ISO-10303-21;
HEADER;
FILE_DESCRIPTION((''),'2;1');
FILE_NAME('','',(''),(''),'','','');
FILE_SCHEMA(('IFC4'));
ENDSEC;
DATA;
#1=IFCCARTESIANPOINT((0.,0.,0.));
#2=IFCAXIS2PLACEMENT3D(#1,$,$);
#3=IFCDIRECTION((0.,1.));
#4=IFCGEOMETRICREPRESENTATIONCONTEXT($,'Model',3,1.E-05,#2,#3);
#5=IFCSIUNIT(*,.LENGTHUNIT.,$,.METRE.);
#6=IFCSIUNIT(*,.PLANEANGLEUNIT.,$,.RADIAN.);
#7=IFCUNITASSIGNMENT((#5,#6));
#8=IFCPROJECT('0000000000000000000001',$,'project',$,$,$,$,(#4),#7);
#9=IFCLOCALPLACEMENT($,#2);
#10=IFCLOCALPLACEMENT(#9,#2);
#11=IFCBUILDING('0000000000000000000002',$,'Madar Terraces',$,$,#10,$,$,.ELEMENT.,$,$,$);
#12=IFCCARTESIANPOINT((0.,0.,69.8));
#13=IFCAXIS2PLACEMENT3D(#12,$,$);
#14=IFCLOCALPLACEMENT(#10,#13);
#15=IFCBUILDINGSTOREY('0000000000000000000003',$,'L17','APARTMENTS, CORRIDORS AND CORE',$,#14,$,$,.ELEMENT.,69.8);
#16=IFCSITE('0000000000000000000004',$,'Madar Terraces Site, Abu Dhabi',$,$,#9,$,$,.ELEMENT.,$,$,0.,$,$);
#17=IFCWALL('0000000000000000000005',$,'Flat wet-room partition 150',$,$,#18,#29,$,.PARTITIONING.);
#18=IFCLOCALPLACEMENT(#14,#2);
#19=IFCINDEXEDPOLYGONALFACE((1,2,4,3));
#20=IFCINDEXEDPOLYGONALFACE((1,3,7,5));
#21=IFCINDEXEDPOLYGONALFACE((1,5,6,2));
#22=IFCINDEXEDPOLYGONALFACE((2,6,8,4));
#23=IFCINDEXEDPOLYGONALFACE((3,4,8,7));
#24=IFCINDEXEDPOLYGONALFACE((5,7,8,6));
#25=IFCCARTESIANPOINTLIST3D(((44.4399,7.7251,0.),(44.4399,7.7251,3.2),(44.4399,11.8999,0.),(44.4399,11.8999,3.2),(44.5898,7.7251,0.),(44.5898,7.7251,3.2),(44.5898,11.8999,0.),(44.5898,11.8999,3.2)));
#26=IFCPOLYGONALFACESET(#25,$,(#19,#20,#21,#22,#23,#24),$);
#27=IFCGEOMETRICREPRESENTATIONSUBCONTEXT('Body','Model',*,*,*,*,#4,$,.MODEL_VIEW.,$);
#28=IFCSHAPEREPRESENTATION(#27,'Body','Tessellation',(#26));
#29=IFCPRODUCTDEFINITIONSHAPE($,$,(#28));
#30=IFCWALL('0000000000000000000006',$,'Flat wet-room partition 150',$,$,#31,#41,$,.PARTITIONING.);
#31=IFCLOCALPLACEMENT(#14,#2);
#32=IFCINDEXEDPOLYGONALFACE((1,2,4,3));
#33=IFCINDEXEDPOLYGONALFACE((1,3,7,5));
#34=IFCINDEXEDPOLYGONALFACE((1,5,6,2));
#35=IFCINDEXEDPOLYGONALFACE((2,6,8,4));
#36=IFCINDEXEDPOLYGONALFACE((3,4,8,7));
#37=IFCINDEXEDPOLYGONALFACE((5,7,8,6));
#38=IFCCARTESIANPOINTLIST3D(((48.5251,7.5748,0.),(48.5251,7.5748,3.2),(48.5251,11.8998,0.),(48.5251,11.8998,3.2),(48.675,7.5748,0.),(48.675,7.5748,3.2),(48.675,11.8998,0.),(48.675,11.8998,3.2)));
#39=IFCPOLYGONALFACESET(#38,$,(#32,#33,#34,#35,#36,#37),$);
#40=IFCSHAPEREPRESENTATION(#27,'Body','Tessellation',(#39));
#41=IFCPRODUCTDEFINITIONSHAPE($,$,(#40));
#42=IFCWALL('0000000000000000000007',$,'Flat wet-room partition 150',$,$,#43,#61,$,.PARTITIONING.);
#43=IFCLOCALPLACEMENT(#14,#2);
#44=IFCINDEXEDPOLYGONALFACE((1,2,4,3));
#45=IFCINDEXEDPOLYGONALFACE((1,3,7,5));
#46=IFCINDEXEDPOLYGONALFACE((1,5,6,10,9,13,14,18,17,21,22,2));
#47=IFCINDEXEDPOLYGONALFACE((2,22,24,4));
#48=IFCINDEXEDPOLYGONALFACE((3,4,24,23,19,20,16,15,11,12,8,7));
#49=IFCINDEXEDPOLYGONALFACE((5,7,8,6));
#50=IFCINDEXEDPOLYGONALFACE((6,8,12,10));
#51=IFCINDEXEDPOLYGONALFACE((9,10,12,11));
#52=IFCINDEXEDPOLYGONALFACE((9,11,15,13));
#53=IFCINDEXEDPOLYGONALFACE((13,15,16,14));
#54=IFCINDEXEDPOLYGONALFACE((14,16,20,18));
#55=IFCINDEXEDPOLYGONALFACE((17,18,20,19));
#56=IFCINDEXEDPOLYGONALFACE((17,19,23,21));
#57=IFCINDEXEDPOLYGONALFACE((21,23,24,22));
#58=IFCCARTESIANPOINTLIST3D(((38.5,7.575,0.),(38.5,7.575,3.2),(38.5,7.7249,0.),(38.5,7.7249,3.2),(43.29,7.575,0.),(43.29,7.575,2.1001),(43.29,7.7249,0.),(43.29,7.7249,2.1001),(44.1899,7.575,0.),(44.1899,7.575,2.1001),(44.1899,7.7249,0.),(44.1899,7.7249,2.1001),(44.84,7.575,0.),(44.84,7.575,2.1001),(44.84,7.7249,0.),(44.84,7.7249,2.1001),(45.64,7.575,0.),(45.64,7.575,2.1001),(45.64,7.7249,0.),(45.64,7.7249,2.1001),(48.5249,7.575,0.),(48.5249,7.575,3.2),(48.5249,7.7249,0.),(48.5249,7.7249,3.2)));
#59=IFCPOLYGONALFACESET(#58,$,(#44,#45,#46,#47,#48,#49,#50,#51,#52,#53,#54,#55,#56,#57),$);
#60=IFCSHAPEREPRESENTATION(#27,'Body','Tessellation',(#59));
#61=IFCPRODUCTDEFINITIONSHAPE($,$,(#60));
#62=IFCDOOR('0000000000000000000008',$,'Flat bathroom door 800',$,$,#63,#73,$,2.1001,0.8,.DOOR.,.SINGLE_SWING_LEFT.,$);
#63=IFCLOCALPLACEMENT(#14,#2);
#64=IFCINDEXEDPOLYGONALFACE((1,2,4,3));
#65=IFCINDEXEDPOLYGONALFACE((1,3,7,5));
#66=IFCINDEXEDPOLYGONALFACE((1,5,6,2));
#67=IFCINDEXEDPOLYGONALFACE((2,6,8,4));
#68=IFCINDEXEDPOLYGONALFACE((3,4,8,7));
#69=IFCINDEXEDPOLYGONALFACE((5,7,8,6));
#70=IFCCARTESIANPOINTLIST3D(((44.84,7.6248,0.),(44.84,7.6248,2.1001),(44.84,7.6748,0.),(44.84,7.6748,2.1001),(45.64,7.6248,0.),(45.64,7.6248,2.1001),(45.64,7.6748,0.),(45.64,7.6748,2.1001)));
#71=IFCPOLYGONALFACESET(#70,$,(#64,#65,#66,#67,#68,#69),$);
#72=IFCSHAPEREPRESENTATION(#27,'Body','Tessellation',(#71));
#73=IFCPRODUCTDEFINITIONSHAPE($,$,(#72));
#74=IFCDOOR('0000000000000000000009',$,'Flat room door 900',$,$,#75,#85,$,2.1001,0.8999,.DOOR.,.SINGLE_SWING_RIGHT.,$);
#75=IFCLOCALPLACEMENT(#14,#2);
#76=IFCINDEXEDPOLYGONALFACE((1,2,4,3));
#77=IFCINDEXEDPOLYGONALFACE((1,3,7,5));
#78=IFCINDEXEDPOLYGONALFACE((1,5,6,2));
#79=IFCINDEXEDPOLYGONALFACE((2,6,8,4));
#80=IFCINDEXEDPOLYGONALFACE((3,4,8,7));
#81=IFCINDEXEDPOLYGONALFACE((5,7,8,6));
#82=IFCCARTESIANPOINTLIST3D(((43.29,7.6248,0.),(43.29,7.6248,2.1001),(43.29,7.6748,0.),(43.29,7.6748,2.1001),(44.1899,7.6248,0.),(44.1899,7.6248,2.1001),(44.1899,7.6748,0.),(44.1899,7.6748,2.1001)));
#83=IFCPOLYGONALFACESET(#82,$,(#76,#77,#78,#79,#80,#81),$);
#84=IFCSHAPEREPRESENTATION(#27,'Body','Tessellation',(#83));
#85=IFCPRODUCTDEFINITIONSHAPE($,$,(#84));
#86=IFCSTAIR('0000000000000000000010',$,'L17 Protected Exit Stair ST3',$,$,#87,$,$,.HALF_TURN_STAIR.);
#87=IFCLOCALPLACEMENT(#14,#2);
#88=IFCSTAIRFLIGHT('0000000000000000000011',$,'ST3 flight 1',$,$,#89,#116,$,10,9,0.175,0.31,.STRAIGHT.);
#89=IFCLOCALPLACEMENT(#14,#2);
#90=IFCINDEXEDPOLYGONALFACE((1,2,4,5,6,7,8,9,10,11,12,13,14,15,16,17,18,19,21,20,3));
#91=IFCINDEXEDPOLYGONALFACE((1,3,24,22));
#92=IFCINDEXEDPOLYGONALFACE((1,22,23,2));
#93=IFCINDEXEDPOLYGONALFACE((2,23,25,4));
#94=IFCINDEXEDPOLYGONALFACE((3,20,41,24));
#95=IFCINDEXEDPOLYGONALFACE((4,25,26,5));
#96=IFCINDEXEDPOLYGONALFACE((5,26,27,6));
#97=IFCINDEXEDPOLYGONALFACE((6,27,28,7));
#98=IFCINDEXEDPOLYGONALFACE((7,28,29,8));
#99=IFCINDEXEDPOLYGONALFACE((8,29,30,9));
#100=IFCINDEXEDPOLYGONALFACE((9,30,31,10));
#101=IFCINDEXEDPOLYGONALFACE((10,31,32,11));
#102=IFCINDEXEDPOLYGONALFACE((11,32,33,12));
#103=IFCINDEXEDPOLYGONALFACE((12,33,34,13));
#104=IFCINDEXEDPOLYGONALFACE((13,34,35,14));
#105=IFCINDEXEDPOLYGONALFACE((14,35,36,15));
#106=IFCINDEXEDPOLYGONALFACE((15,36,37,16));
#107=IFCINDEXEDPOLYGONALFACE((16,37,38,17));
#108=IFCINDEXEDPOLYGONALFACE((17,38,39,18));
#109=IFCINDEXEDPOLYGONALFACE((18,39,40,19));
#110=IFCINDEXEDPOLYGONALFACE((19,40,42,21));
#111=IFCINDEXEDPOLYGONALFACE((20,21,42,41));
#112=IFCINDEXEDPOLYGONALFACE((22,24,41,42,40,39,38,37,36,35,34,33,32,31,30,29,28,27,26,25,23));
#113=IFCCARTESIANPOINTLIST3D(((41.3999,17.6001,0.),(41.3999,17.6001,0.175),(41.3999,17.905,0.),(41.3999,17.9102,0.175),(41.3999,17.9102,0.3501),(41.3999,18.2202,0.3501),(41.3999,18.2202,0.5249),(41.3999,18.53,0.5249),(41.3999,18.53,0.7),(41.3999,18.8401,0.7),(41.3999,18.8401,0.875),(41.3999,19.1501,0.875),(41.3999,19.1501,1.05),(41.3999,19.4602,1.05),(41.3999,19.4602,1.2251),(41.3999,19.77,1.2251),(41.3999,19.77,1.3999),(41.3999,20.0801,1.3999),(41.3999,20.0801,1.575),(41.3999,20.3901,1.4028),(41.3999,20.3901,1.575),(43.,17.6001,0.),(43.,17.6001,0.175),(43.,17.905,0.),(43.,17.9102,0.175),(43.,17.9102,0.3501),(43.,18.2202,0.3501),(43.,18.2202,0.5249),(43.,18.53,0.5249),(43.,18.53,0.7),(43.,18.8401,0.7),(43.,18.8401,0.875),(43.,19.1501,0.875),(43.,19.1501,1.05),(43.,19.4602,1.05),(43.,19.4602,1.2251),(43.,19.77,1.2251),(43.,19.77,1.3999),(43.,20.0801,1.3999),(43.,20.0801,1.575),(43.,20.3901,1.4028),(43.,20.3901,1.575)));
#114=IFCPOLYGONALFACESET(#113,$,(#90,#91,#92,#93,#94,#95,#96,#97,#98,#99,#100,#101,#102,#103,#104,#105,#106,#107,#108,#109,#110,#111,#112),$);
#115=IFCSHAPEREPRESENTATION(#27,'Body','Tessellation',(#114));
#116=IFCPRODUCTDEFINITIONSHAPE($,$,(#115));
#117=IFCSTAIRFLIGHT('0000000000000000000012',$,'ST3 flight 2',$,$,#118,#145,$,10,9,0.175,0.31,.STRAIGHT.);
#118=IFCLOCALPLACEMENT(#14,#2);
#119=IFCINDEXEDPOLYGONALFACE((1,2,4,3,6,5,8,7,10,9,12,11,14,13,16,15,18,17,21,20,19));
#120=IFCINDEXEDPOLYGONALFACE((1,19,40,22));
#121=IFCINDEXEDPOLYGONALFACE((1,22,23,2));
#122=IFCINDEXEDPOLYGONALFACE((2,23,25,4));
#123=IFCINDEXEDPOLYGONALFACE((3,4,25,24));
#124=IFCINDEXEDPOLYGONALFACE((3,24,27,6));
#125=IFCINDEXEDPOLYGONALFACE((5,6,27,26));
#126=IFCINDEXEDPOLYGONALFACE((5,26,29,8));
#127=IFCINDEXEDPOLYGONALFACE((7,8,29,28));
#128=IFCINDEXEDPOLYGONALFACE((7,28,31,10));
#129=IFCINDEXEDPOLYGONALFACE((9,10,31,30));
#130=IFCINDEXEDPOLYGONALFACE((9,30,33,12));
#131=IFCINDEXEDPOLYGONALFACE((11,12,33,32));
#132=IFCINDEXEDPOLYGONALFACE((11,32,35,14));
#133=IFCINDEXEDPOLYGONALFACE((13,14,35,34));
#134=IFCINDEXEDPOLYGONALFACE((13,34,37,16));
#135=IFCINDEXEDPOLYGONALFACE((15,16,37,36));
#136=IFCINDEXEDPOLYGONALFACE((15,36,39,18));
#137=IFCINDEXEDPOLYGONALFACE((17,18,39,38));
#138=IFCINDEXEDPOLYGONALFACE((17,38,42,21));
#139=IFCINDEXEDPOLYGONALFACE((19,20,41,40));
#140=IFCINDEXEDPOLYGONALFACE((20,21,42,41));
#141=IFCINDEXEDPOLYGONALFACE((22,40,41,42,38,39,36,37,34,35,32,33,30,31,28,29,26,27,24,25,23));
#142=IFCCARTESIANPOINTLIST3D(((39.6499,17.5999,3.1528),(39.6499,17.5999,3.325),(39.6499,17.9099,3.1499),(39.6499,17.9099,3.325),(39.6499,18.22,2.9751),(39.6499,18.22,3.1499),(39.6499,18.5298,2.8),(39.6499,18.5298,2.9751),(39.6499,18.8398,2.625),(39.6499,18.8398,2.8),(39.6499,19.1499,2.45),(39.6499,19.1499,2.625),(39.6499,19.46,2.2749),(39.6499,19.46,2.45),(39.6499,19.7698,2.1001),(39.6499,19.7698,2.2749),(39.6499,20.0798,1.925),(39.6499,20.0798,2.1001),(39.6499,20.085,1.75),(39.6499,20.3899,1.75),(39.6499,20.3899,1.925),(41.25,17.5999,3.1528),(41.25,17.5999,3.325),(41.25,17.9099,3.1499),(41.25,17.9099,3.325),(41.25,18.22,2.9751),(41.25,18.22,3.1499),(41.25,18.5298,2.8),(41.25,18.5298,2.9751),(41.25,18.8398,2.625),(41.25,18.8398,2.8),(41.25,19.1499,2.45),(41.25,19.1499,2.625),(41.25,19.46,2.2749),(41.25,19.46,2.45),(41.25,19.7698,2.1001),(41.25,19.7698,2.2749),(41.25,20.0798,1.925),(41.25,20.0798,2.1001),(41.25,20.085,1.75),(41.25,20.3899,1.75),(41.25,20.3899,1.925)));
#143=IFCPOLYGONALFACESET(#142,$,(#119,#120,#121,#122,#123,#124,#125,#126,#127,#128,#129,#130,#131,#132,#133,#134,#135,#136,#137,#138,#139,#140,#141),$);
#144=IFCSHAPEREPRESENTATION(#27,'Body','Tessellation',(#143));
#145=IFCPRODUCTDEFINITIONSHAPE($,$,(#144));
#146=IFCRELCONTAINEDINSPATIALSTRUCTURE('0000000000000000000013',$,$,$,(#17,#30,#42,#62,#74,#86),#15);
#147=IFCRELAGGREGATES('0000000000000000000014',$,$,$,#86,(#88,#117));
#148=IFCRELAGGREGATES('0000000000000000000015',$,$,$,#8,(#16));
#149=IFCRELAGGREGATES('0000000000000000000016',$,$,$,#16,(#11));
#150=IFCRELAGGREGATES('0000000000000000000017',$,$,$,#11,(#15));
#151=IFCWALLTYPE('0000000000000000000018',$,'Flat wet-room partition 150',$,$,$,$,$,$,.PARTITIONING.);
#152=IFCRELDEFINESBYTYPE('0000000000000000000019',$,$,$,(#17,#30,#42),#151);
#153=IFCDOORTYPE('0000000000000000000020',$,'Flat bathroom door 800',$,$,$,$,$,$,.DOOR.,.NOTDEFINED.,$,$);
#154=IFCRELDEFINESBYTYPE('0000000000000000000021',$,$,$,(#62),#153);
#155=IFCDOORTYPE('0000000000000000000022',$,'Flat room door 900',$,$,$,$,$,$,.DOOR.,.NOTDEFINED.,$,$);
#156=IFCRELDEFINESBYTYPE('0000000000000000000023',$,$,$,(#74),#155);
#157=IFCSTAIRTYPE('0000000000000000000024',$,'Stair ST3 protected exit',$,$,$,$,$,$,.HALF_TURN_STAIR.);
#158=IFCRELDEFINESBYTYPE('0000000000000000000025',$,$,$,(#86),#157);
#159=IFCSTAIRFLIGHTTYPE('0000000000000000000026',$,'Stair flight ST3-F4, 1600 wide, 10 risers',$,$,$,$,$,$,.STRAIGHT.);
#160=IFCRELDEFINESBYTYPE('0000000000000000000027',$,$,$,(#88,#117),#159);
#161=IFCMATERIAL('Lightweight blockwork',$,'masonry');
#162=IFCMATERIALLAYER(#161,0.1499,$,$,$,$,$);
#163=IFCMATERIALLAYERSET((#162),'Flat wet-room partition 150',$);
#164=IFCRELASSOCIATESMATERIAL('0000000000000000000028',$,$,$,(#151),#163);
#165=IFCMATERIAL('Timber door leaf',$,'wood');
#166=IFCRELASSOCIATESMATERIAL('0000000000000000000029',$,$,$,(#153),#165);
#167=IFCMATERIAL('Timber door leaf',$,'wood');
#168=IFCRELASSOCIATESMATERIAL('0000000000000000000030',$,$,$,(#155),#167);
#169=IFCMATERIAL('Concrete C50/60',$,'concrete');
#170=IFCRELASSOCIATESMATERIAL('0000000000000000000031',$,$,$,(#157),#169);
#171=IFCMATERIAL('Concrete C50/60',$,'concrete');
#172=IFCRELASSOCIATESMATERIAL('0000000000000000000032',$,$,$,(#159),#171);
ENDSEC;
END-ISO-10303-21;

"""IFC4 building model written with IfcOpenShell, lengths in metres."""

from ifc_helpers import new_model, si_unit, direction, frame, frame_2d, origin, place, context, subcontext, project, spatial, polyline, rectangle, outline, extrude, material, layer, layer_set, type_object, element, fill, aggregate, save


model = new_model("IFC4")

# Units and contexts
model_context = context("Model", 3, precision=1e-05, world=origin(), true_north=direction((0.0, 1.0)))
body_context = subcontext(model_context, "Body", "Model", "MODEL_VIEW")
ifc_project = project(units=[si_unit("LENGTHUNIT", "METRE"), si_unit("PLANEANGLEUNIT", "RADIAN")], contexts=[model_context])

# Site, building, storey
site_placement = place(None, origin())
site = spatial("IfcSite", under=ifc_project, at=site_placement, Name="Madar Terraces Site, Abu Dhabi", CompositionType="ELEMENT", RefElevation=0.0)
building_placement = place(site_placement, origin())
building = spatial("IfcBuilding", under=site, at=building_placement, Name="Madar Terraces", CompositionType="ELEMENT")
storey_placement = place(building_placement, frame((0.0, 0.0, 69.8)))
storey = spatial("IfcBuildingStorey", under=building, at=storey_placement, Name="L17", Description="APARTMENTS, CORRIDORS AND CORE", CompositionType="ELEMENT", Elevation=69.8)

# Walls
ifc_material_1 = material(Name="Lightweight blockwork", Category="masonry")
ifc_layer_1 = layer(ifc_material_1, 0.1499)
ifc_layer_set_1 = layer_set([ifc_layer_1], Name="Flat wet-room partition 150")
wall_type_1 = type_object("IfcWallType", Name="Flat wet-room partition 150", PredefinedType="PARTITIONING", material=ifc_layer_set_1)
wall_1_placement = place(storey_placement, frame((44.5149, 11.8999, 0.0), z_axis=(0.0, 0.0, 1.0), x_axis=(0.0, -1.0, 0.0)))
element("IfcWall", 1, at=wall_1_placement, inside=storey, type_object=wall_type_1, Name="Flat wet-room partition 150", PredefinedType="PARTITIONING", context=body_context, shape_type="SweptSolid", body=[
    extrude(rectangle(XDim=4.1748, YDim=0.1499, at=frame_2d((2.0874, 0.0))), origin(), (0.0, 0.0, 1.0), 3.2),
])
wall_2_placement = place(storey_placement, frame((48.6001, 11.8999, 0.0), z_axis=(0.0, 0.0, 1.0), x_axis=(0.0, -1.0, 0.0)))
element("IfcWall", 2, at=wall_2_placement, inside=storey, type_object=wall_type_1, Name="Flat wet-room partition 150", PredefinedType="PARTITIONING", context=body_context, shape_type="SweptSolid", body=[
    extrude(rectangle(XDim=4.325, YDim=0.1499, at=frame_2d((2.1626, 0.0))), origin(), (0.0, 0.0, 1.0), 3.2),
])

# Wall, openings, doors
wall_3_placement = place(storey_placement, frame((38.5, 7.6499, 0.0), z_axis=(0.0, 0.0, 1.0), x_axis=(1.0, 0.0, 0.0)))
wall_3 = element("IfcWall", 3, at=wall_3_placement, inside=storey, type_object=wall_type_1, Name="Flat wet-room partition 150", PredefinedType="PARTITIONING", context=body_context, shape_type="SweptSolid", body=[
    extrude(rectangle(XDim=10.0249, YDim=0.1499, at=frame_2d((5.0125, 0.0))), origin(), (0.0, 0.0, 1.0), 3.2),
])
opening_1_placement = place(wall_3_placement, frame((6.3401, 0.0, 0.0)))
opening_1 = element("IfcOpeningElement", 4, at=opening_1_placement, cuts=wall_3, PredefinedType="OPENING", context=body_context, shape_type="SweptSolid", body=[
    extrude(rectangle(XDim=0.8, YDim=2.1001, at=frame_2d((0.3999, 1.05))), frame((0.0, 0.085, 0.0), z_axis=(0.0, -1.0, 0.0), x_axis=(1.0, 0.0, 0.0)), (0.0, 0.0, 1.0), 0.1699),
])
opening_2_placement = place(wall_3_placement, frame((4.79, 0.0, 0.0)))
opening_2 = element("IfcOpeningElement", 5, at=opening_2_placement, cuts=wall_3, PredefinedType="OPENING", context=body_context, shape_type="SweptSolid", body=[
    extrude(rectangle(XDim=0.8999, YDim=2.1001, at=frame_2d((0.45, 1.05))), frame((0.0, 0.085, 0.0), z_axis=(0.0, -1.0, 0.0), x_axis=(1.0, 0.0, 0.0)), (0.0, 0.0, 1.0), 0.1699),
])
ifc_material_2 = material(Name="Timber door leaf", Category="wood")
door_type_1 = type_object("IfcDoorType", Name="Flat bathroom door 800", OperationType="NOTDEFINED", PredefinedType="DOOR", material=ifc_material_2)
door_1_placement = place(opening_1_placement, origin())
door_1 = element("IfcDoor", 6, at=door_1_placement, inside=storey, type_object=door_type_1, Name="Flat bathroom door 800", OperationType="SINGLE_SWING_LEFT", OverallHeight=2.1001, OverallWidth=0.8, PredefinedType="DOOR", context=body_context, shape_type="SweptSolid", body=[
    extrude(rectangle(XDim=0.8, YDim=2.1001, at=frame_2d((0.3999, 1.05))), frame((0.0, 0.0249, 0.0), z_axis=(0.0, -1.0, 0.0), x_axis=(1.0, 0.0, 0.0)), (0.0, 0.0, 1.0), 0.05),
])
fill(opening_1, door_1)
ifc_material_3 = material(Name="Timber door leaf", Category="wood")
door_type_2 = type_object("IfcDoorType", Name="Flat room door 900", OperationType="NOTDEFINED", PredefinedType="DOOR", material=ifc_material_3)
door_2_placement = place(opening_2_placement, origin())
door_2 = element("IfcDoor", 7, at=door_2_placement, inside=storey, type_object=door_type_2, Name="Flat room door 900", OperationType="SINGLE_SWING_RIGHT", OverallHeight=2.1001, OverallWidth=0.8999, PredefinedType="DOOR", context=body_context, shape_type="SweptSolid", body=[
    extrude(rectangle(XDim=0.8999, YDim=2.1001, at=frame_2d((0.45, 1.05))), frame((0.0, 0.0249, 0.0), z_axis=(0.0, -1.0, 0.0), x_axis=(1.0, 0.0, 0.0)), (0.0, 0.0, 1.0), 0.05),
])
fill(opening_2, door_2)

# Stair, stair flights
ifc_material_4 = material(Name="Concrete C50/60", Category="concrete")
stair_type = type_object("IfcStairType", Name="Stair ST3 protected exit", PredefinedType="HALF_TURN_STAIR", material=ifc_material_4)
stair_placement = place(storey_placement, origin())
stair = element("IfcStair", 8, at=stair_placement, inside=storey, type_object=stair_type, Name="L17 Protected Exit Stair ST3", PredefinedType="HALF_TURN_STAIR")
ifc_material_5 = material(Name="Concrete C50/60", Category="concrete")
stair_flight_type = type_object("IfcStairFlightType", Name="Stair flight ST3-F4, 1600 wide, 10 risers", PredefinedType="STRAIGHT", material=ifc_material_5)
stair_flight_1_placement = place(storey_placement, frame((42.2, 17.6001, 0.0), z_axis=(0.0, 0.0, 1.0), x_axis=(0.0, 1.0, 0.0)))
stair_flight_1 = element("IfcStairFlight", 9, at=stair_flight_1_placement, type_object=stair_flight_type, Name="ST3 flight 1", NumberOfRisers=10, NumberOfTreads=9, PredefinedType="STRAIGHT", RiserHeight=0.175, TreadLength=0.31, context=body_context, shape_type="SweptSolid", body=[
    extrude(outline(polyline([(0.0, 0.0), (0.0, 0.175), (0.3101, 0.175), (0.3101, 0.3501), (0.6201, 0.3501), (0.6201, 0.5249), (0.9299, 0.5249), (0.9299, 0.7), (1.24, 0.7), (1.24, 0.875), (1.55, 0.875), (1.55, 1.05), (1.8601, 1.05), (1.8601, 1.2251), (2.1699, 1.2251), (2.1699, 1.3999), (2.48, 1.3999), (2.48, 1.575), (2.79, 1.575), (2.79, 1.75), (2.79, 1.4028), (0.3049, 0.0), (0.0, 0.0)])), frame((0.0, 0.8, 0.0), z_axis=(0.0, -1.0, 0.0), x_axis=(1.0, 0.0, 0.0)), (0.0, 0.0, 1.0), 1.6001),
])
stair_flight_2_placement = place(storey_placement, frame((40.45, 20.3899, 1.75), z_axis=(0.0, 0.0, 1.0), x_axis=(0.0, -1.0, 0.0)))
stair_flight_2 = element("IfcStairFlight", 10, at=stair_flight_2_placement, type_object=stair_flight_type, Name="ST3 flight 2", NumberOfRisers=10, NumberOfTreads=9, PredefinedType="STRAIGHT", RiserHeight=0.175, TreadLength=0.31, context=body_context, shape_type="SweptSolid", body=[
    extrude(outline(polyline([(0.0, 0.0), (0.0, 0.175), (0.3101, 0.175), (0.3101, 0.3501), (0.6201, 0.3501), (0.6201, 0.5249), (0.9299, 0.5249), (0.9299, 0.7), (1.24, 0.7), (1.24, 0.875), (1.55, 0.875), (1.55, 1.05), (1.8601, 1.05), (1.8601, 1.2251), (2.1699, 1.2251), (2.1699, 1.3999), (2.48, 1.3999), (2.48, 1.575), (2.79, 1.575), (2.79, 1.75), (2.79, 1.4028), (0.3049, 0.0), (0.0, 0.0)])), frame((0.0, 0.8, 0.0), z_axis=(0.0, -1.0, 0.0), x_axis=(1.0, 0.0, 0.0)), (0.0, 0.0, 1.0), 1.6001),
])
aggregate(stair, [stair_flight_1, stair_flight_2])

save(model, "model.ifc")
